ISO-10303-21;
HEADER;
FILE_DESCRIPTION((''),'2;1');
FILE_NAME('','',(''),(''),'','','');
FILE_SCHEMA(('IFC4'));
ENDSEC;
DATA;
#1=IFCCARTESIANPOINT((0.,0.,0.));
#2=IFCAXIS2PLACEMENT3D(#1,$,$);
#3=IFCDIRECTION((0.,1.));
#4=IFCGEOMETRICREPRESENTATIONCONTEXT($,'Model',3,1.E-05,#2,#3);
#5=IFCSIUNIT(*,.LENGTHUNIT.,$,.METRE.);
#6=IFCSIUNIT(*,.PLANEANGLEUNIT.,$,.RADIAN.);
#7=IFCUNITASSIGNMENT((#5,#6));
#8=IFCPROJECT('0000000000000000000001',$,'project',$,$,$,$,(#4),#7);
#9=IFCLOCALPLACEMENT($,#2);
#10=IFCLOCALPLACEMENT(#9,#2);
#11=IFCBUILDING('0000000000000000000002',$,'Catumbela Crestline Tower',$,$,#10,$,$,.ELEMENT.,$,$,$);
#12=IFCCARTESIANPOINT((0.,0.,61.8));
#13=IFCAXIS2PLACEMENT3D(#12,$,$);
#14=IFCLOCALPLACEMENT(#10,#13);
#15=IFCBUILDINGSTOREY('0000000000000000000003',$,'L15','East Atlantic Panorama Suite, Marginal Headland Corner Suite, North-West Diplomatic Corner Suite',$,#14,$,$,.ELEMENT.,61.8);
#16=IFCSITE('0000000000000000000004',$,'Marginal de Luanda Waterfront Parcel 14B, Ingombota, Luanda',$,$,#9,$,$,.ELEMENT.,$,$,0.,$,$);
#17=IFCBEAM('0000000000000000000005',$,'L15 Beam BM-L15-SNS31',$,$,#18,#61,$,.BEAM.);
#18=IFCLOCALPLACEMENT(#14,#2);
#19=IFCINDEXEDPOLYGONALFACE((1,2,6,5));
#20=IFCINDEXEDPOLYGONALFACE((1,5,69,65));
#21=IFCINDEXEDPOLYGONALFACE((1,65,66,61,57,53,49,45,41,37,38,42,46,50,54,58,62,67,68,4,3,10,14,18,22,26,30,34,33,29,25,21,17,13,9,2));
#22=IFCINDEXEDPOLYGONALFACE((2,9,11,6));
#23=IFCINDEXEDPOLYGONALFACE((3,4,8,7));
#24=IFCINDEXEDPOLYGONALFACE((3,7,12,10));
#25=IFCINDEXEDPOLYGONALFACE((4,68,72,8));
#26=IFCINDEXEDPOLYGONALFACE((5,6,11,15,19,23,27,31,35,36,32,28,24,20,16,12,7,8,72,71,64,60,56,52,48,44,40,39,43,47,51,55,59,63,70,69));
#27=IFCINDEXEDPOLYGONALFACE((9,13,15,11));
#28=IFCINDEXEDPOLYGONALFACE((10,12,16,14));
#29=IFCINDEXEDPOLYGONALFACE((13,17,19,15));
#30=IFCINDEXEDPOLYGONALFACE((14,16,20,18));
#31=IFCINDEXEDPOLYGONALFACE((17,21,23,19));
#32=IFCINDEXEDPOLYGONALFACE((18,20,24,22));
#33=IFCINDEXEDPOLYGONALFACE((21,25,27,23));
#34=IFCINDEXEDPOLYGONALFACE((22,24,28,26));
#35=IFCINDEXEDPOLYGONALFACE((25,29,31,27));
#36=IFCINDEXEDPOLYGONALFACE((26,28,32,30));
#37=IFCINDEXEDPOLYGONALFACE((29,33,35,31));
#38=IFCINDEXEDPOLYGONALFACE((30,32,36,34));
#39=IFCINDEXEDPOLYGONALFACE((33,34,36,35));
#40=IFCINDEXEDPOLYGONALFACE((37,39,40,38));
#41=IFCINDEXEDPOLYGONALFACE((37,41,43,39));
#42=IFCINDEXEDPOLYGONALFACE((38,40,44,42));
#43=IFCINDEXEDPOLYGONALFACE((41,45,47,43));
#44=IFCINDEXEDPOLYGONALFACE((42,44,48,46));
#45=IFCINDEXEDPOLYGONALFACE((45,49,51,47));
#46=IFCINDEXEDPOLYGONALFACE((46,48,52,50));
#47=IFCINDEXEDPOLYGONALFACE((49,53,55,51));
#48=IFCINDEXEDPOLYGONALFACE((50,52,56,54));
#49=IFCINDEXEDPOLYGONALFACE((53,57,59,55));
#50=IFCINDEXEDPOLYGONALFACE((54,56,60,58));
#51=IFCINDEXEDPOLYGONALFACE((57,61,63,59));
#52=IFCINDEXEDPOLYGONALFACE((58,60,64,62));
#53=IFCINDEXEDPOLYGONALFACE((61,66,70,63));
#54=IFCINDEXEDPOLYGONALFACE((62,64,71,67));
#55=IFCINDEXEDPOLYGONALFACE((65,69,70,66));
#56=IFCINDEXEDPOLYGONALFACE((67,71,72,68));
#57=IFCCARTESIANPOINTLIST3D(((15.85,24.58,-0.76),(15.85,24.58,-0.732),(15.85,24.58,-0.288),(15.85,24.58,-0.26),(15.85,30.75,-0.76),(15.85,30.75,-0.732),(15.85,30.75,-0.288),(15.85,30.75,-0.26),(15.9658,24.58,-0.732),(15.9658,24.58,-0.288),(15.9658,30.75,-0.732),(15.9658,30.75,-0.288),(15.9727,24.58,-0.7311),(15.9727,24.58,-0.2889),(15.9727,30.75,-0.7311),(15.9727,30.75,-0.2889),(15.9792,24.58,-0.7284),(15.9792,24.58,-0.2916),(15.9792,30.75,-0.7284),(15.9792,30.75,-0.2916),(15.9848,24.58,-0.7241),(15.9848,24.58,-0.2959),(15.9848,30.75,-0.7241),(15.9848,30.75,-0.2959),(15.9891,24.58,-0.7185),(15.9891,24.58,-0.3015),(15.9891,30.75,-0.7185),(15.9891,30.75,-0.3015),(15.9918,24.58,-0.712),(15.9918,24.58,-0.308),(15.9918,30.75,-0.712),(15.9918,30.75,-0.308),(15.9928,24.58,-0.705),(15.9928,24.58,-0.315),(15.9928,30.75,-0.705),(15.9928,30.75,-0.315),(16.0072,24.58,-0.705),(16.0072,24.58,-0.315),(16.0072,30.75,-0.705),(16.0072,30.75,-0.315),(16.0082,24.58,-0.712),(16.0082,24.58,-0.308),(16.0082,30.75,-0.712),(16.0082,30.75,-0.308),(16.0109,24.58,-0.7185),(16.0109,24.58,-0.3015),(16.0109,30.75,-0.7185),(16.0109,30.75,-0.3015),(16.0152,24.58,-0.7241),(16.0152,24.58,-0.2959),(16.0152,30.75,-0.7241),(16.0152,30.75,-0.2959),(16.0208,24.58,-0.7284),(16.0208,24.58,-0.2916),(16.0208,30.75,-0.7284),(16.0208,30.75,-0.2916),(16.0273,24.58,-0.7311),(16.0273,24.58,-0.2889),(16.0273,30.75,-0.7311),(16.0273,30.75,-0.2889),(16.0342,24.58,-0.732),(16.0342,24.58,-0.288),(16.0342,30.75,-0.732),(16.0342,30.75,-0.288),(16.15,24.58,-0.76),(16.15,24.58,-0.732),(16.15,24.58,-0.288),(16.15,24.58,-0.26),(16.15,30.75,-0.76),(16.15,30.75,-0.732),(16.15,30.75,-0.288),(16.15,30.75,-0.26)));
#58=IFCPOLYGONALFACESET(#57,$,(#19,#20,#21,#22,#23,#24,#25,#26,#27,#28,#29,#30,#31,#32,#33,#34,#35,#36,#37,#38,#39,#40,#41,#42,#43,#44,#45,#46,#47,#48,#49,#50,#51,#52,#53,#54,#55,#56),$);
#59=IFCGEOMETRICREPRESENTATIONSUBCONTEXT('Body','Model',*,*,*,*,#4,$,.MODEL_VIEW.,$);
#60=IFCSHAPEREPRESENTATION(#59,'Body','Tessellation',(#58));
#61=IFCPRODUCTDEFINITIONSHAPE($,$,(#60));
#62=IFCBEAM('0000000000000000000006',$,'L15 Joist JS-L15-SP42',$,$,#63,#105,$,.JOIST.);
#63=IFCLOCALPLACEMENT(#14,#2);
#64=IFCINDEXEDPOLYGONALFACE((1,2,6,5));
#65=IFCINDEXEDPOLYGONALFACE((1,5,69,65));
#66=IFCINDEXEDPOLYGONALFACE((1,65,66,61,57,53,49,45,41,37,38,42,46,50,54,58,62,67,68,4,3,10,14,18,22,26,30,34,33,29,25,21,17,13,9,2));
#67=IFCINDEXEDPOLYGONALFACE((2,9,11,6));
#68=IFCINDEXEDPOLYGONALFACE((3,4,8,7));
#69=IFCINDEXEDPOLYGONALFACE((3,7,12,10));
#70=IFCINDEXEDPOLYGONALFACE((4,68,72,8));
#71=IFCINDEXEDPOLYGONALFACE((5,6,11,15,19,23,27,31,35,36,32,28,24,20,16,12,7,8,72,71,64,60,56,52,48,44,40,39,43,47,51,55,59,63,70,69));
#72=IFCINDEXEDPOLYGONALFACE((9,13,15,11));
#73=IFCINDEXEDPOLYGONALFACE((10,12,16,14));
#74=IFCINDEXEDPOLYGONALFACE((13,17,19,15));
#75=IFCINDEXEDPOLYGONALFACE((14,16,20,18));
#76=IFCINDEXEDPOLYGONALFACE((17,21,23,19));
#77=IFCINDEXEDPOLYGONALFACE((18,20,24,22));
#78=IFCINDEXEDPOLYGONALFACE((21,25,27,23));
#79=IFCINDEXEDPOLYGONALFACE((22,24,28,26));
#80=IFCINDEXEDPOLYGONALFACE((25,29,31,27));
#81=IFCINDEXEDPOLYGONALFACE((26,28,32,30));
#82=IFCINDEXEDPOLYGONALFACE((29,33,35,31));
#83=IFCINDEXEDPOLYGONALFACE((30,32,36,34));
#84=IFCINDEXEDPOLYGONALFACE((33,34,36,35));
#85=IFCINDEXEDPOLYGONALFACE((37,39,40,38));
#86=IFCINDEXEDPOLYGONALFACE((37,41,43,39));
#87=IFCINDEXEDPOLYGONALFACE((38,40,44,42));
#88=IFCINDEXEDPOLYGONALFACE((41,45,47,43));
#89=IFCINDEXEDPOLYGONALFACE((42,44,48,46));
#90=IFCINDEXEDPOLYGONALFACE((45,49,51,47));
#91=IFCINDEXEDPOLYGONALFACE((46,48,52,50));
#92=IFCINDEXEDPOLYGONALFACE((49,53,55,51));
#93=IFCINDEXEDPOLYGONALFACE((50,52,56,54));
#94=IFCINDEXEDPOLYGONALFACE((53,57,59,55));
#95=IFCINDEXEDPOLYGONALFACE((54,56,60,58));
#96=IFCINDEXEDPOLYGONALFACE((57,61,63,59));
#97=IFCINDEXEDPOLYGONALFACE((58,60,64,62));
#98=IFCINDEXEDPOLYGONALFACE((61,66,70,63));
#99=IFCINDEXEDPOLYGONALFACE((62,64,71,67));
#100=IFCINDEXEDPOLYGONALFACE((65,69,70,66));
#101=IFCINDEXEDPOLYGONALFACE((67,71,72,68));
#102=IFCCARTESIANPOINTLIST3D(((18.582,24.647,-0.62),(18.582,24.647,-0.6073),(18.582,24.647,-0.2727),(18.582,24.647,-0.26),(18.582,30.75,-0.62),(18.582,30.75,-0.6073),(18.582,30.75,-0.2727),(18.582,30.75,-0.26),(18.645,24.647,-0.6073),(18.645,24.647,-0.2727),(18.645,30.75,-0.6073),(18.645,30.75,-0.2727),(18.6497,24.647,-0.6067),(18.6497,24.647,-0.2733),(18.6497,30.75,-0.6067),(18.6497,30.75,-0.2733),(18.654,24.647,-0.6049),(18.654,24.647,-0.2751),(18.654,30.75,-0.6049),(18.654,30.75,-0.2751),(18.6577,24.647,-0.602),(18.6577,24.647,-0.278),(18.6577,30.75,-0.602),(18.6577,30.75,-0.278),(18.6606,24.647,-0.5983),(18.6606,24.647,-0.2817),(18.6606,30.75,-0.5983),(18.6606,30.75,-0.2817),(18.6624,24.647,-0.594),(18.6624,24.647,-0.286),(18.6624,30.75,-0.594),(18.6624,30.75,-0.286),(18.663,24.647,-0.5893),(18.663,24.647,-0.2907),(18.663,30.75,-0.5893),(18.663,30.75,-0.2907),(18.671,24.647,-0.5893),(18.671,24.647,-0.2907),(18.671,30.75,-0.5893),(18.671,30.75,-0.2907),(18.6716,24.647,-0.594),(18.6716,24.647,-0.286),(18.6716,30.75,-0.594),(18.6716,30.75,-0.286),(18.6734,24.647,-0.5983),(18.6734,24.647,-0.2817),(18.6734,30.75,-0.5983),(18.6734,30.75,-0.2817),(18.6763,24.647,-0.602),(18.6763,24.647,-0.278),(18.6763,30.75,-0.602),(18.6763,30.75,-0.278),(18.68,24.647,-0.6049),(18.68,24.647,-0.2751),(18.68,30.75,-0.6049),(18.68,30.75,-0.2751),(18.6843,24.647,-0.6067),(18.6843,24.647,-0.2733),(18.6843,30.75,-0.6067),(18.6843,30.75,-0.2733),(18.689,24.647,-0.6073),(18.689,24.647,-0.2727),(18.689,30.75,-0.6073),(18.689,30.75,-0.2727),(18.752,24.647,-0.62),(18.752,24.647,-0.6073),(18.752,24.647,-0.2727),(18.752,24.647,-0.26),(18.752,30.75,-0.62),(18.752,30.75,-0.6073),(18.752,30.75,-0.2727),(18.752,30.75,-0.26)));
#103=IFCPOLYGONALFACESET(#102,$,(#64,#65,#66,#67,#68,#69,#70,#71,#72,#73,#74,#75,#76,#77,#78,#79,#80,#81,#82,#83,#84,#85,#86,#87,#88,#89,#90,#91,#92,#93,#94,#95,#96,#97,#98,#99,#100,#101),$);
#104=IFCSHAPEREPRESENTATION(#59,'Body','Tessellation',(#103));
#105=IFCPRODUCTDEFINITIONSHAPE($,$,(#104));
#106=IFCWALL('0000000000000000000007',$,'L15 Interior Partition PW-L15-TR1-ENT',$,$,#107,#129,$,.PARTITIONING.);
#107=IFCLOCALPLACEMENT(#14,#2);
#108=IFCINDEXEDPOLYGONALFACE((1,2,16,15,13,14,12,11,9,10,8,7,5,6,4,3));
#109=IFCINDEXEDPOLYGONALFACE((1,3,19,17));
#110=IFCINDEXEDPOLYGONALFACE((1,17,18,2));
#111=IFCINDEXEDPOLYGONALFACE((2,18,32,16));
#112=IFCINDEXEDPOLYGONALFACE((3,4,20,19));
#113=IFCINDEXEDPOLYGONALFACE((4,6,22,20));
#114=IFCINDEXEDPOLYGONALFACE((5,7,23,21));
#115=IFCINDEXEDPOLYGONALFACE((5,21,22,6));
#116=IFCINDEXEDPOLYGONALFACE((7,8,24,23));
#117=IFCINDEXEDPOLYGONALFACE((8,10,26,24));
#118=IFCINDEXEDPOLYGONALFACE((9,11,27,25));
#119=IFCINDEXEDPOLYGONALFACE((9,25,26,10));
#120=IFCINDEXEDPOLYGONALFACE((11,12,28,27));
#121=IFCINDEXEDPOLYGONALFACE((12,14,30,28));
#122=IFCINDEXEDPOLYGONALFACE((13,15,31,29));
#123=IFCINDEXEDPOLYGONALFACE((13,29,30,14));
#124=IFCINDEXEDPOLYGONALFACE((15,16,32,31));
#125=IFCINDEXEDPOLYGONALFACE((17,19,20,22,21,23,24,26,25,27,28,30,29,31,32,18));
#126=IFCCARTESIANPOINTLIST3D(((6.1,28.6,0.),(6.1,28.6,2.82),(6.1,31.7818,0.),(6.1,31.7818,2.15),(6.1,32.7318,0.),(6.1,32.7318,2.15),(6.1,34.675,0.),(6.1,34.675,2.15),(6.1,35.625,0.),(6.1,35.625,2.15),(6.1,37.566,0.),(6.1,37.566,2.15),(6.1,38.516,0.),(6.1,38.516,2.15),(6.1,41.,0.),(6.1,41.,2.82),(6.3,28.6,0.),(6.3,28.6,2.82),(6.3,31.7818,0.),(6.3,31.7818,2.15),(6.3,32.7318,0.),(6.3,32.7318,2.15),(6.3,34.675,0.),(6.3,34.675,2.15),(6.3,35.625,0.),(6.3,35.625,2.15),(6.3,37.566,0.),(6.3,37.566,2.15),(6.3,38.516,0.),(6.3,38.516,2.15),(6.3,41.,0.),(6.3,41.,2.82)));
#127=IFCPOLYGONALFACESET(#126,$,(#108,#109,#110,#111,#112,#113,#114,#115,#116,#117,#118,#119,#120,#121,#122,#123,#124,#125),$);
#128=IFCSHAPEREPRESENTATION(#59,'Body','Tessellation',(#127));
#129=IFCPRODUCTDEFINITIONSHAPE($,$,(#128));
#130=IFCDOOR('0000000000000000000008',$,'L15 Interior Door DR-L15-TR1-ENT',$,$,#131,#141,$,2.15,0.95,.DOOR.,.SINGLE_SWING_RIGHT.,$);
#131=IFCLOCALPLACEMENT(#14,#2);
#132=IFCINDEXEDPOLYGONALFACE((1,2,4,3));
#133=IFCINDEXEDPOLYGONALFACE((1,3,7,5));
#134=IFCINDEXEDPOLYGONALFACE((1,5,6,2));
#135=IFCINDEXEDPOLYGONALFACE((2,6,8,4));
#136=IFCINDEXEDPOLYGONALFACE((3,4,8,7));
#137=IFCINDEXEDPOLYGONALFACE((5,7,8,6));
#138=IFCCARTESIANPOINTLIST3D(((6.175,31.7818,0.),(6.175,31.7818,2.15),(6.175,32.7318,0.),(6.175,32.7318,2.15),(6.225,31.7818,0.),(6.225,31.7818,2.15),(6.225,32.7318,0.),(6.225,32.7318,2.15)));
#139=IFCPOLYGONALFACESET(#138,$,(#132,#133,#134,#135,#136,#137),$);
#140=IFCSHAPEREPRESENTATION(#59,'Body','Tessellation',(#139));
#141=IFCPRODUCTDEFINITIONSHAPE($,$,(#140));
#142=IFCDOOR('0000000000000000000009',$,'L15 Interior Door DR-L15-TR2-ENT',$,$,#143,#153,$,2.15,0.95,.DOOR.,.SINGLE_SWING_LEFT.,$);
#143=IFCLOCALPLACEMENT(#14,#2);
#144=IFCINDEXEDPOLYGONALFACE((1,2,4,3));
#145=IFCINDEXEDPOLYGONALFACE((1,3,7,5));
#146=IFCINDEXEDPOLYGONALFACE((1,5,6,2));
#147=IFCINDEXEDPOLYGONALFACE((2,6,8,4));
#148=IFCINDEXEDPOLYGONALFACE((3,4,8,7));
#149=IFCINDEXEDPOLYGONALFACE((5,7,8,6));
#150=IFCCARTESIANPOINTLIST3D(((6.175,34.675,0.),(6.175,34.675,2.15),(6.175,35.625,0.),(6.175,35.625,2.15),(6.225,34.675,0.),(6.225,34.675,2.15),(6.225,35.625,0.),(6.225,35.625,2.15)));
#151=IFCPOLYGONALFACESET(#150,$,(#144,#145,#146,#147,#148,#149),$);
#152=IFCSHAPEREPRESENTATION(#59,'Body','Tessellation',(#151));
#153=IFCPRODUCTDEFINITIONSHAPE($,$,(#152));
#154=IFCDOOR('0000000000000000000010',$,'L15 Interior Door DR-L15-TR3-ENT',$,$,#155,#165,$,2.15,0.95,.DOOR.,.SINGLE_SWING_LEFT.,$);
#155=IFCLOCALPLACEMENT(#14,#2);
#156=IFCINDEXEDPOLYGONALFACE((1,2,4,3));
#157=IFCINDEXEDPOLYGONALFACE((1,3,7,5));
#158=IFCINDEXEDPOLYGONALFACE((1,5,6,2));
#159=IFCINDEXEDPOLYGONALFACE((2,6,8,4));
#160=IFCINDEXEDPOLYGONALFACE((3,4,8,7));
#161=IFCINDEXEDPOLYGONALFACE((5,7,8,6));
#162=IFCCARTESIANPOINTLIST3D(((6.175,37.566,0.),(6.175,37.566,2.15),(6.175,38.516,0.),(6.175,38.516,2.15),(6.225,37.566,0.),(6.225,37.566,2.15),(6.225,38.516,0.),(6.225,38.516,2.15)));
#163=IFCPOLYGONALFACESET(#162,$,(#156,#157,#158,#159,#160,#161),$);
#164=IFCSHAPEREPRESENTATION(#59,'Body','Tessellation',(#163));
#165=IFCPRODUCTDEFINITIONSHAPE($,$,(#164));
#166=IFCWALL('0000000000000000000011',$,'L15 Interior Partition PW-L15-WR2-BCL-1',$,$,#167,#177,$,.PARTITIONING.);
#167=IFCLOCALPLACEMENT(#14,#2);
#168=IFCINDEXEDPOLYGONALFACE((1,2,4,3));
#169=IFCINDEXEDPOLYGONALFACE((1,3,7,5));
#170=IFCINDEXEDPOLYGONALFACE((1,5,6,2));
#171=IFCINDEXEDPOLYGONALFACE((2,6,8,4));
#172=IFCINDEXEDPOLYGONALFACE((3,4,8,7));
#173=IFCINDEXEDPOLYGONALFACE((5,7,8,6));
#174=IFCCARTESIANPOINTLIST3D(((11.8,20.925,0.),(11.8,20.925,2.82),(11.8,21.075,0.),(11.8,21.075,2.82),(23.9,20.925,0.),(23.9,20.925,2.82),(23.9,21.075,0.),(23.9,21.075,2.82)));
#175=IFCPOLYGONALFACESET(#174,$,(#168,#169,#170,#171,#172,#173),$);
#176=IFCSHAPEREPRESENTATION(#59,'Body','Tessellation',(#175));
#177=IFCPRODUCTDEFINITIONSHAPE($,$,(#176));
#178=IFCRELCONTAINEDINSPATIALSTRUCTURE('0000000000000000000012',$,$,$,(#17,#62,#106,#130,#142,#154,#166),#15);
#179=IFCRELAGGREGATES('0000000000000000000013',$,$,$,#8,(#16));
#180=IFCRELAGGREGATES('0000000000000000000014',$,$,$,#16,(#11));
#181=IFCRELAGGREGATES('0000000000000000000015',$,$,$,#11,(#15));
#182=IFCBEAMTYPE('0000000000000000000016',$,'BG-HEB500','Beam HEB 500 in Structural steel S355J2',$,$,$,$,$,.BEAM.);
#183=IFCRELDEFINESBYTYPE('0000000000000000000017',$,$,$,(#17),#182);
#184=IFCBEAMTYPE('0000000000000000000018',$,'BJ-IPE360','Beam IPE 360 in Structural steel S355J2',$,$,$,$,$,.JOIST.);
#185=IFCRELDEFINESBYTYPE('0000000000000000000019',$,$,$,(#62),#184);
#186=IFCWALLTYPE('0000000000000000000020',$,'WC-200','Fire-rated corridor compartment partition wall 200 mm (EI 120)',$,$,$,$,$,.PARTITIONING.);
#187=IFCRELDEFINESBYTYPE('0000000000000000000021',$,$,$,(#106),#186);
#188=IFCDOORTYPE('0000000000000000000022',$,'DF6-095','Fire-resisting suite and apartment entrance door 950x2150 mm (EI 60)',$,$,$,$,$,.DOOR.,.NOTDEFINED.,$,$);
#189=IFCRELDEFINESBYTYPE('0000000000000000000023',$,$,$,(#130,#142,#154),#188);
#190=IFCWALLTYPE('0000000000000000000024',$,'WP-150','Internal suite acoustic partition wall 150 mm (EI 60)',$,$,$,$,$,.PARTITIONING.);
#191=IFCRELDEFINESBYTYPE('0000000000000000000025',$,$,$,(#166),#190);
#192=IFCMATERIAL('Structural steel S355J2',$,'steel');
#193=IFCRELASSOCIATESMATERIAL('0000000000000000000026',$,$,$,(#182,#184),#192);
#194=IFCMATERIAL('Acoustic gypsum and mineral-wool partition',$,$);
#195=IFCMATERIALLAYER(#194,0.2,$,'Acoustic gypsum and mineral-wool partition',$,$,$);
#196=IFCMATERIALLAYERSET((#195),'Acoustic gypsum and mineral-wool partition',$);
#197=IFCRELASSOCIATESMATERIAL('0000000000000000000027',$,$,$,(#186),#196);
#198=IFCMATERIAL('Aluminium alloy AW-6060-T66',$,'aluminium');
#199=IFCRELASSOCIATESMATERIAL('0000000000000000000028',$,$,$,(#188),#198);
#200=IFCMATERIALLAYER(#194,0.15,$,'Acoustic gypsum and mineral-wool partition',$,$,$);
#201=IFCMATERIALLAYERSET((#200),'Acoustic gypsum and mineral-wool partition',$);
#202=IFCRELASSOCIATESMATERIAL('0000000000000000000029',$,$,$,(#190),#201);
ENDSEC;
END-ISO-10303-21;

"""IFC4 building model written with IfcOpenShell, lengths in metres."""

from ifc_helpers import new_model, si_unit, direction, frame, frame_2d, origin, origin_2d, place, context, subcontext, project, spatial, rectangle, i_section, extrude, material, layer, layer_set, material_profile, profile_set, type_object, element, fill, save


model = new_model("IFC4")

# Units and contexts
model_context = context("Model", 3, precision=1e-05, world=origin(), true_north=direction((0.0, 1.0)))
body_context = subcontext(model_context, "Body", "Model", "MODEL_VIEW")
ifc_project = project(units=[si_unit("LENGTHUNIT", "METRE"), si_unit("PLANEANGLEUNIT", "RADIAN")], contexts=[model_context])

# Site, building, storey
site_placement = place(None, origin())
site = spatial("IfcSite", under=ifc_project, at=site_placement, Name="Marginal de Luanda Waterfront Parcel 14B, Ingombota, Luanda", CompositionType="ELEMENT", RefElevation=0.0)
building_placement = place(site_placement, origin())
building = spatial("IfcBuilding", under=site, at=building_placement, Name="Catumbela Crestline Tower", CompositionType="ELEMENT")
storey_placement = place(building_placement, frame((0.0, 0.0, 61.8)))
storey = spatial("IfcBuildingStorey", under=building, at=storey_placement, Name="L15", Description="East Atlantic Panorama Suite, Marginal Headland Corner Suite, North-West Diplomatic Corner Suite", CompositionType="ELEMENT", Elevation=61.8)

# Beams
ifc_material_1 = material(Name="Structural steel S355J2", Category="steel")
ifc_material_profile_1 = material_profile(ifc_material_1, i_section(OverallWidth=0.3, OverallDepth=0.5, WebThickness=0.0145, FlangeThickness=0.028, FilletRadius=0.027, at=origin_2d()), Name="HEB 500")
ifc_profile_set_1 = profile_set([ifc_material_profile_1], Name="Structural steel S355J2")
beam_type_1 = type_object("IfcBeamType", Name="BG-HEB500", Description="Beam HEB 500 in Structural steel S355J2", PredefinedType="BEAM", material=ifc_profile_set_1)
beam_1_placement = place(storey_placement, frame((16.0, 24.58, -0.51), z_axis=(0.0, 1.0, 0.0), x_axis=(-1.0, 0.0, 0.0)))
element("IfcBeam", 1, at=beam_1_placement, inside=storey, type_object=beam_type_1, Name="L15 Beam BM-L15-SNS31", PredefinedType="BEAM", context=body_context, shape_type="SweptSolid", body=[
    extrude(i_section(OverallWidth=0.3, OverallDepth=0.5, WebThickness=0.0145, FlangeThickness=0.028, FilletRadius=0.027, at=origin_2d()), origin(), (0.0, 0.0, 1.0), 6.17),
])
ifc_material_profile_2 = material_profile(ifc_material_1, i_section(OverallWidth=0.17, OverallDepth=0.36, WebThickness=0.008, FlangeThickness=0.0127, FilletRadius=0.018, at=origin_2d()), Name="IPE 360")
ifc_profile_set_2 = profile_set([ifc_material_profile_2], Name="Structural steel S355J2")
beam_type_2 = type_object("IfcBeamType", Name="BJ-IPE360", Description="Beam IPE 360 in Structural steel S355J2", PredefinedType="JOIST", material=ifc_profile_set_2)
beam_2_placement = place(storey_placement, frame((18.667, 24.647, -0.44), z_axis=(0.0, 1.0, 0.0), x_axis=(-1.0, 0.0, 0.0)))
element("IfcBeam", 2, at=beam_2_placement, inside=storey, type_object=beam_type_2, Name="L15 Joist JS-L15-SP42", PredefinedType="JOIST", context=body_context, shape_type="SweptSolid", body=[
    extrude(i_section(OverallWidth=0.17, OverallDepth=0.36, WebThickness=0.008, FlangeThickness=0.0127, FilletRadius=0.018, at=origin_2d()), origin(), (0.0, 0.0, 1.0), 6.103),
])

# Wall, openings, doors
ifc_material_2 = material(Name="Acoustic gypsum and mineral-wool partition")
ifc_layer_1 = layer(ifc_material_2, 0.2, Name="Acoustic gypsum and mineral-wool partition")
ifc_layer_set_1 = layer_set([ifc_layer_1], Name="Acoustic gypsum and mineral-wool partition")
wall_type_1 = type_object("IfcWallType", Name="WC-200", Description="Fire-rated corridor compartment partition wall 200 mm (EI 120)", PredefinedType="PARTITIONING", material=ifc_layer_set_1)
wall_1_placement = place(storey_placement, frame((6.2, 28.6, 0.0), z_axis=(0.0, 0.0, 1.0), x_axis=(0.0, 1.0, 0.0)))
wall_1 = element("IfcWall", 3, at=wall_1_placement, inside=storey, type_object=wall_type_1, Name="L15 Interior Partition PW-L15-TR1-ENT", PredefinedType="PARTITIONING", context=body_context, shape_type="SweptSolid", body=[
    extrude(rectangle(XDim=12.4, YDim=0.2, at=frame_2d((6.2, 0.0))), origin(), (0.0, 0.0, 1.0), 2.82),
])
opening_1_placement = place(wall_1_placement, frame((3.1818, 0.0, 0.0)))
opening_1 = element("IfcOpeningElement", 4, at=opening_1_placement, cuts=wall_1, PredefinedType="OPENING", context=body_context, shape_type="SweptSolid", body=[
    extrude(rectangle(XDim=0.95, YDim=2.15, at=frame_2d((0.475, 1.075))), frame((0.0, 0.11, 0.0), z_axis=(0.0, -1.0, 0.0), x_axis=(1.0, 0.0, 0.0)), (0.0, 0.0, 1.0), 0.22),
])
opening_2_placement = place(wall_1_placement, frame((6.075, 0.0, 0.0)))
opening_2 = element("IfcOpeningElement", 5, at=opening_2_placement, cuts=wall_1, PredefinedType="OPENING", context=body_context, shape_type="SweptSolid", body=[
    extrude(rectangle(XDim=0.95, YDim=2.15, at=frame_2d((0.475, 1.075))), frame((0.0, 0.11, 0.0), z_axis=(0.0, -1.0, 0.0), x_axis=(1.0, 0.0, 0.0)), (0.0, 0.0, 1.0), 0.22),
])
opening_3_placement = place(wall_1_placement, frame((8.966, 0.0, 0.0)))
opening_3 = element("IfcOpeningElement", 6, at=opening_3_placement, cuts=wall_1, PredefinedType="OPENING", context=body_context, shape_type="SweptSolid", body=[
    extrude(rectangle(XDim=0.95, YDim=2.15, at=frame_2d((0.475, 1.075))), frame((0.0, 0.11, 0.0), z_axis=(0.0, -1.0, 0.0), x_axis=(1.0, 0.0, 0.0)), (0.0, 0.0, 1.0), 0.22),
])
ifc_material_3 = material(Name="Aluminium alloy AW-6060-T66", Category="aluminium")
door_type_1 = type_object("IfcDoorType", Name="DF6-095", Description="Fire-resisting suite and apartment entrance door 950x2150 mm (EI 60)", OperationType="NOTDEFINED", PredefinedType="DOOR", material=ifc_material_3)
door_1_placement = place(opening_1_placement, origin())
door_1 = element("IfcDoor", 7, at=door_1_placement, inside=storey, type_object=door_type_1, Name="L15 Interior Door DR-L15-TR1-ENT", OperationType="SINGLE_SWING_RIGHT", OverallHeight=2.15, OverallWidth=0.95, PredefinedType="DOOR", context=body_context, shape_type="SweptSolid", body=[
    extrude(rectangle(XDim=0.95, YDim=2.15, at=frame_2d((0.475, 1.075))), frame((0.0, 0.025, 0.0), z_axis=(0.0, -1.0, 0.0), x_axis=(1.0, 0.0, 0.0)), (0.0, 0.0, 1.0), 0.05),
])
fill(opening_1, door_1)
door_2_placement = place(opening_2_placement, origin())
door_2 = element("IfcDoor", 8, at=door_2_placement, inside=storey, type_object=door_type_1, Name="L15 Interior Door DR-L15-TR2-ENT", OperationType="SINGLE_SWING_LEFT", OverallHeight=2.15, OverallWidth=0.95, PredefinedType="DOOR", context=body_context, shape_type="SweptSolid", body=[
    extrude(rectangle(XDim=0.95, YDim=2.15, at=frame_2d((0.475, 1.075))), frame((0.0, 0.025, 0.0), z_axis=(0.0, -1.0, 0.0), x_axis=(1.0, 0.0, 0.0)), (0.0, 0.0, 1.0), 0.05),
])
fill(opening_2, door_2)
door_3_placement = place(opening_3_placement, origin())
door_3 = element("IfcDoor", 9, at=door_3_placement, inside=storey, type_object=door_type_1, Name="L15 Interior Door DR-L15-TR3-ENT", OperationType="SINGLE_SWING_LEFT", OverallHeight=2.15, OverallWidth=0.95, PredefinedType="DOOR", context=body_context, shape_type="SweptSolid", body=[
    extrude(rectangle(XDim=0.95, YDim=2.15, at=frame_2d((0.475, 1.075))), frame((0.0, 0.025, 0.0), z_axis=(0.0, -1.0, 0.0), x_axis=(1.0, 0.0, 0.0)), (0.0, 0.0, 1.0), 0.05),
])
fill(opening_3, door_3)

# Wall
ifc_layer_2 = layer(ifc_material_2, 0.15, Name="Acoustic gypsum and mineral-wool partition")
ifc_layer_set_2 = layer_set([ifc_layer_2], Name="Acoustic gypsum and mineral-wool partition")
wall_type_2 = type_object("IfcWallType", Name="WP-150", Description="Internal suite acoustic partition wall 150 mm (EI 60)", PredefinedType="PARTITIONING", material=ifc_layer_set_2)
wall_2_placement = place(storey_placement, frame((11.8, 21.0, 0.0), z_axis=(0.0, 0.0, 1.0), x_axis=(1.0, 0.0, 0.0)))
element("IfcWall", 10, at=wall_2_placement, inside=storey, type_object=wall_type_2, Name="L15 Interior Partition PW-L15-WR2-BCL-1", PredefinedType="PARTITIONING", context=body_context, shape_type="SweptSolid", body=[
    extrude(rectangle(XDim=12.1, YDim=0.15, at=frame_2d((6.05, 0.0))), origin(), (0.0, 0.0, 1.0), 2.82),
])

save(model, "model.ifc")
